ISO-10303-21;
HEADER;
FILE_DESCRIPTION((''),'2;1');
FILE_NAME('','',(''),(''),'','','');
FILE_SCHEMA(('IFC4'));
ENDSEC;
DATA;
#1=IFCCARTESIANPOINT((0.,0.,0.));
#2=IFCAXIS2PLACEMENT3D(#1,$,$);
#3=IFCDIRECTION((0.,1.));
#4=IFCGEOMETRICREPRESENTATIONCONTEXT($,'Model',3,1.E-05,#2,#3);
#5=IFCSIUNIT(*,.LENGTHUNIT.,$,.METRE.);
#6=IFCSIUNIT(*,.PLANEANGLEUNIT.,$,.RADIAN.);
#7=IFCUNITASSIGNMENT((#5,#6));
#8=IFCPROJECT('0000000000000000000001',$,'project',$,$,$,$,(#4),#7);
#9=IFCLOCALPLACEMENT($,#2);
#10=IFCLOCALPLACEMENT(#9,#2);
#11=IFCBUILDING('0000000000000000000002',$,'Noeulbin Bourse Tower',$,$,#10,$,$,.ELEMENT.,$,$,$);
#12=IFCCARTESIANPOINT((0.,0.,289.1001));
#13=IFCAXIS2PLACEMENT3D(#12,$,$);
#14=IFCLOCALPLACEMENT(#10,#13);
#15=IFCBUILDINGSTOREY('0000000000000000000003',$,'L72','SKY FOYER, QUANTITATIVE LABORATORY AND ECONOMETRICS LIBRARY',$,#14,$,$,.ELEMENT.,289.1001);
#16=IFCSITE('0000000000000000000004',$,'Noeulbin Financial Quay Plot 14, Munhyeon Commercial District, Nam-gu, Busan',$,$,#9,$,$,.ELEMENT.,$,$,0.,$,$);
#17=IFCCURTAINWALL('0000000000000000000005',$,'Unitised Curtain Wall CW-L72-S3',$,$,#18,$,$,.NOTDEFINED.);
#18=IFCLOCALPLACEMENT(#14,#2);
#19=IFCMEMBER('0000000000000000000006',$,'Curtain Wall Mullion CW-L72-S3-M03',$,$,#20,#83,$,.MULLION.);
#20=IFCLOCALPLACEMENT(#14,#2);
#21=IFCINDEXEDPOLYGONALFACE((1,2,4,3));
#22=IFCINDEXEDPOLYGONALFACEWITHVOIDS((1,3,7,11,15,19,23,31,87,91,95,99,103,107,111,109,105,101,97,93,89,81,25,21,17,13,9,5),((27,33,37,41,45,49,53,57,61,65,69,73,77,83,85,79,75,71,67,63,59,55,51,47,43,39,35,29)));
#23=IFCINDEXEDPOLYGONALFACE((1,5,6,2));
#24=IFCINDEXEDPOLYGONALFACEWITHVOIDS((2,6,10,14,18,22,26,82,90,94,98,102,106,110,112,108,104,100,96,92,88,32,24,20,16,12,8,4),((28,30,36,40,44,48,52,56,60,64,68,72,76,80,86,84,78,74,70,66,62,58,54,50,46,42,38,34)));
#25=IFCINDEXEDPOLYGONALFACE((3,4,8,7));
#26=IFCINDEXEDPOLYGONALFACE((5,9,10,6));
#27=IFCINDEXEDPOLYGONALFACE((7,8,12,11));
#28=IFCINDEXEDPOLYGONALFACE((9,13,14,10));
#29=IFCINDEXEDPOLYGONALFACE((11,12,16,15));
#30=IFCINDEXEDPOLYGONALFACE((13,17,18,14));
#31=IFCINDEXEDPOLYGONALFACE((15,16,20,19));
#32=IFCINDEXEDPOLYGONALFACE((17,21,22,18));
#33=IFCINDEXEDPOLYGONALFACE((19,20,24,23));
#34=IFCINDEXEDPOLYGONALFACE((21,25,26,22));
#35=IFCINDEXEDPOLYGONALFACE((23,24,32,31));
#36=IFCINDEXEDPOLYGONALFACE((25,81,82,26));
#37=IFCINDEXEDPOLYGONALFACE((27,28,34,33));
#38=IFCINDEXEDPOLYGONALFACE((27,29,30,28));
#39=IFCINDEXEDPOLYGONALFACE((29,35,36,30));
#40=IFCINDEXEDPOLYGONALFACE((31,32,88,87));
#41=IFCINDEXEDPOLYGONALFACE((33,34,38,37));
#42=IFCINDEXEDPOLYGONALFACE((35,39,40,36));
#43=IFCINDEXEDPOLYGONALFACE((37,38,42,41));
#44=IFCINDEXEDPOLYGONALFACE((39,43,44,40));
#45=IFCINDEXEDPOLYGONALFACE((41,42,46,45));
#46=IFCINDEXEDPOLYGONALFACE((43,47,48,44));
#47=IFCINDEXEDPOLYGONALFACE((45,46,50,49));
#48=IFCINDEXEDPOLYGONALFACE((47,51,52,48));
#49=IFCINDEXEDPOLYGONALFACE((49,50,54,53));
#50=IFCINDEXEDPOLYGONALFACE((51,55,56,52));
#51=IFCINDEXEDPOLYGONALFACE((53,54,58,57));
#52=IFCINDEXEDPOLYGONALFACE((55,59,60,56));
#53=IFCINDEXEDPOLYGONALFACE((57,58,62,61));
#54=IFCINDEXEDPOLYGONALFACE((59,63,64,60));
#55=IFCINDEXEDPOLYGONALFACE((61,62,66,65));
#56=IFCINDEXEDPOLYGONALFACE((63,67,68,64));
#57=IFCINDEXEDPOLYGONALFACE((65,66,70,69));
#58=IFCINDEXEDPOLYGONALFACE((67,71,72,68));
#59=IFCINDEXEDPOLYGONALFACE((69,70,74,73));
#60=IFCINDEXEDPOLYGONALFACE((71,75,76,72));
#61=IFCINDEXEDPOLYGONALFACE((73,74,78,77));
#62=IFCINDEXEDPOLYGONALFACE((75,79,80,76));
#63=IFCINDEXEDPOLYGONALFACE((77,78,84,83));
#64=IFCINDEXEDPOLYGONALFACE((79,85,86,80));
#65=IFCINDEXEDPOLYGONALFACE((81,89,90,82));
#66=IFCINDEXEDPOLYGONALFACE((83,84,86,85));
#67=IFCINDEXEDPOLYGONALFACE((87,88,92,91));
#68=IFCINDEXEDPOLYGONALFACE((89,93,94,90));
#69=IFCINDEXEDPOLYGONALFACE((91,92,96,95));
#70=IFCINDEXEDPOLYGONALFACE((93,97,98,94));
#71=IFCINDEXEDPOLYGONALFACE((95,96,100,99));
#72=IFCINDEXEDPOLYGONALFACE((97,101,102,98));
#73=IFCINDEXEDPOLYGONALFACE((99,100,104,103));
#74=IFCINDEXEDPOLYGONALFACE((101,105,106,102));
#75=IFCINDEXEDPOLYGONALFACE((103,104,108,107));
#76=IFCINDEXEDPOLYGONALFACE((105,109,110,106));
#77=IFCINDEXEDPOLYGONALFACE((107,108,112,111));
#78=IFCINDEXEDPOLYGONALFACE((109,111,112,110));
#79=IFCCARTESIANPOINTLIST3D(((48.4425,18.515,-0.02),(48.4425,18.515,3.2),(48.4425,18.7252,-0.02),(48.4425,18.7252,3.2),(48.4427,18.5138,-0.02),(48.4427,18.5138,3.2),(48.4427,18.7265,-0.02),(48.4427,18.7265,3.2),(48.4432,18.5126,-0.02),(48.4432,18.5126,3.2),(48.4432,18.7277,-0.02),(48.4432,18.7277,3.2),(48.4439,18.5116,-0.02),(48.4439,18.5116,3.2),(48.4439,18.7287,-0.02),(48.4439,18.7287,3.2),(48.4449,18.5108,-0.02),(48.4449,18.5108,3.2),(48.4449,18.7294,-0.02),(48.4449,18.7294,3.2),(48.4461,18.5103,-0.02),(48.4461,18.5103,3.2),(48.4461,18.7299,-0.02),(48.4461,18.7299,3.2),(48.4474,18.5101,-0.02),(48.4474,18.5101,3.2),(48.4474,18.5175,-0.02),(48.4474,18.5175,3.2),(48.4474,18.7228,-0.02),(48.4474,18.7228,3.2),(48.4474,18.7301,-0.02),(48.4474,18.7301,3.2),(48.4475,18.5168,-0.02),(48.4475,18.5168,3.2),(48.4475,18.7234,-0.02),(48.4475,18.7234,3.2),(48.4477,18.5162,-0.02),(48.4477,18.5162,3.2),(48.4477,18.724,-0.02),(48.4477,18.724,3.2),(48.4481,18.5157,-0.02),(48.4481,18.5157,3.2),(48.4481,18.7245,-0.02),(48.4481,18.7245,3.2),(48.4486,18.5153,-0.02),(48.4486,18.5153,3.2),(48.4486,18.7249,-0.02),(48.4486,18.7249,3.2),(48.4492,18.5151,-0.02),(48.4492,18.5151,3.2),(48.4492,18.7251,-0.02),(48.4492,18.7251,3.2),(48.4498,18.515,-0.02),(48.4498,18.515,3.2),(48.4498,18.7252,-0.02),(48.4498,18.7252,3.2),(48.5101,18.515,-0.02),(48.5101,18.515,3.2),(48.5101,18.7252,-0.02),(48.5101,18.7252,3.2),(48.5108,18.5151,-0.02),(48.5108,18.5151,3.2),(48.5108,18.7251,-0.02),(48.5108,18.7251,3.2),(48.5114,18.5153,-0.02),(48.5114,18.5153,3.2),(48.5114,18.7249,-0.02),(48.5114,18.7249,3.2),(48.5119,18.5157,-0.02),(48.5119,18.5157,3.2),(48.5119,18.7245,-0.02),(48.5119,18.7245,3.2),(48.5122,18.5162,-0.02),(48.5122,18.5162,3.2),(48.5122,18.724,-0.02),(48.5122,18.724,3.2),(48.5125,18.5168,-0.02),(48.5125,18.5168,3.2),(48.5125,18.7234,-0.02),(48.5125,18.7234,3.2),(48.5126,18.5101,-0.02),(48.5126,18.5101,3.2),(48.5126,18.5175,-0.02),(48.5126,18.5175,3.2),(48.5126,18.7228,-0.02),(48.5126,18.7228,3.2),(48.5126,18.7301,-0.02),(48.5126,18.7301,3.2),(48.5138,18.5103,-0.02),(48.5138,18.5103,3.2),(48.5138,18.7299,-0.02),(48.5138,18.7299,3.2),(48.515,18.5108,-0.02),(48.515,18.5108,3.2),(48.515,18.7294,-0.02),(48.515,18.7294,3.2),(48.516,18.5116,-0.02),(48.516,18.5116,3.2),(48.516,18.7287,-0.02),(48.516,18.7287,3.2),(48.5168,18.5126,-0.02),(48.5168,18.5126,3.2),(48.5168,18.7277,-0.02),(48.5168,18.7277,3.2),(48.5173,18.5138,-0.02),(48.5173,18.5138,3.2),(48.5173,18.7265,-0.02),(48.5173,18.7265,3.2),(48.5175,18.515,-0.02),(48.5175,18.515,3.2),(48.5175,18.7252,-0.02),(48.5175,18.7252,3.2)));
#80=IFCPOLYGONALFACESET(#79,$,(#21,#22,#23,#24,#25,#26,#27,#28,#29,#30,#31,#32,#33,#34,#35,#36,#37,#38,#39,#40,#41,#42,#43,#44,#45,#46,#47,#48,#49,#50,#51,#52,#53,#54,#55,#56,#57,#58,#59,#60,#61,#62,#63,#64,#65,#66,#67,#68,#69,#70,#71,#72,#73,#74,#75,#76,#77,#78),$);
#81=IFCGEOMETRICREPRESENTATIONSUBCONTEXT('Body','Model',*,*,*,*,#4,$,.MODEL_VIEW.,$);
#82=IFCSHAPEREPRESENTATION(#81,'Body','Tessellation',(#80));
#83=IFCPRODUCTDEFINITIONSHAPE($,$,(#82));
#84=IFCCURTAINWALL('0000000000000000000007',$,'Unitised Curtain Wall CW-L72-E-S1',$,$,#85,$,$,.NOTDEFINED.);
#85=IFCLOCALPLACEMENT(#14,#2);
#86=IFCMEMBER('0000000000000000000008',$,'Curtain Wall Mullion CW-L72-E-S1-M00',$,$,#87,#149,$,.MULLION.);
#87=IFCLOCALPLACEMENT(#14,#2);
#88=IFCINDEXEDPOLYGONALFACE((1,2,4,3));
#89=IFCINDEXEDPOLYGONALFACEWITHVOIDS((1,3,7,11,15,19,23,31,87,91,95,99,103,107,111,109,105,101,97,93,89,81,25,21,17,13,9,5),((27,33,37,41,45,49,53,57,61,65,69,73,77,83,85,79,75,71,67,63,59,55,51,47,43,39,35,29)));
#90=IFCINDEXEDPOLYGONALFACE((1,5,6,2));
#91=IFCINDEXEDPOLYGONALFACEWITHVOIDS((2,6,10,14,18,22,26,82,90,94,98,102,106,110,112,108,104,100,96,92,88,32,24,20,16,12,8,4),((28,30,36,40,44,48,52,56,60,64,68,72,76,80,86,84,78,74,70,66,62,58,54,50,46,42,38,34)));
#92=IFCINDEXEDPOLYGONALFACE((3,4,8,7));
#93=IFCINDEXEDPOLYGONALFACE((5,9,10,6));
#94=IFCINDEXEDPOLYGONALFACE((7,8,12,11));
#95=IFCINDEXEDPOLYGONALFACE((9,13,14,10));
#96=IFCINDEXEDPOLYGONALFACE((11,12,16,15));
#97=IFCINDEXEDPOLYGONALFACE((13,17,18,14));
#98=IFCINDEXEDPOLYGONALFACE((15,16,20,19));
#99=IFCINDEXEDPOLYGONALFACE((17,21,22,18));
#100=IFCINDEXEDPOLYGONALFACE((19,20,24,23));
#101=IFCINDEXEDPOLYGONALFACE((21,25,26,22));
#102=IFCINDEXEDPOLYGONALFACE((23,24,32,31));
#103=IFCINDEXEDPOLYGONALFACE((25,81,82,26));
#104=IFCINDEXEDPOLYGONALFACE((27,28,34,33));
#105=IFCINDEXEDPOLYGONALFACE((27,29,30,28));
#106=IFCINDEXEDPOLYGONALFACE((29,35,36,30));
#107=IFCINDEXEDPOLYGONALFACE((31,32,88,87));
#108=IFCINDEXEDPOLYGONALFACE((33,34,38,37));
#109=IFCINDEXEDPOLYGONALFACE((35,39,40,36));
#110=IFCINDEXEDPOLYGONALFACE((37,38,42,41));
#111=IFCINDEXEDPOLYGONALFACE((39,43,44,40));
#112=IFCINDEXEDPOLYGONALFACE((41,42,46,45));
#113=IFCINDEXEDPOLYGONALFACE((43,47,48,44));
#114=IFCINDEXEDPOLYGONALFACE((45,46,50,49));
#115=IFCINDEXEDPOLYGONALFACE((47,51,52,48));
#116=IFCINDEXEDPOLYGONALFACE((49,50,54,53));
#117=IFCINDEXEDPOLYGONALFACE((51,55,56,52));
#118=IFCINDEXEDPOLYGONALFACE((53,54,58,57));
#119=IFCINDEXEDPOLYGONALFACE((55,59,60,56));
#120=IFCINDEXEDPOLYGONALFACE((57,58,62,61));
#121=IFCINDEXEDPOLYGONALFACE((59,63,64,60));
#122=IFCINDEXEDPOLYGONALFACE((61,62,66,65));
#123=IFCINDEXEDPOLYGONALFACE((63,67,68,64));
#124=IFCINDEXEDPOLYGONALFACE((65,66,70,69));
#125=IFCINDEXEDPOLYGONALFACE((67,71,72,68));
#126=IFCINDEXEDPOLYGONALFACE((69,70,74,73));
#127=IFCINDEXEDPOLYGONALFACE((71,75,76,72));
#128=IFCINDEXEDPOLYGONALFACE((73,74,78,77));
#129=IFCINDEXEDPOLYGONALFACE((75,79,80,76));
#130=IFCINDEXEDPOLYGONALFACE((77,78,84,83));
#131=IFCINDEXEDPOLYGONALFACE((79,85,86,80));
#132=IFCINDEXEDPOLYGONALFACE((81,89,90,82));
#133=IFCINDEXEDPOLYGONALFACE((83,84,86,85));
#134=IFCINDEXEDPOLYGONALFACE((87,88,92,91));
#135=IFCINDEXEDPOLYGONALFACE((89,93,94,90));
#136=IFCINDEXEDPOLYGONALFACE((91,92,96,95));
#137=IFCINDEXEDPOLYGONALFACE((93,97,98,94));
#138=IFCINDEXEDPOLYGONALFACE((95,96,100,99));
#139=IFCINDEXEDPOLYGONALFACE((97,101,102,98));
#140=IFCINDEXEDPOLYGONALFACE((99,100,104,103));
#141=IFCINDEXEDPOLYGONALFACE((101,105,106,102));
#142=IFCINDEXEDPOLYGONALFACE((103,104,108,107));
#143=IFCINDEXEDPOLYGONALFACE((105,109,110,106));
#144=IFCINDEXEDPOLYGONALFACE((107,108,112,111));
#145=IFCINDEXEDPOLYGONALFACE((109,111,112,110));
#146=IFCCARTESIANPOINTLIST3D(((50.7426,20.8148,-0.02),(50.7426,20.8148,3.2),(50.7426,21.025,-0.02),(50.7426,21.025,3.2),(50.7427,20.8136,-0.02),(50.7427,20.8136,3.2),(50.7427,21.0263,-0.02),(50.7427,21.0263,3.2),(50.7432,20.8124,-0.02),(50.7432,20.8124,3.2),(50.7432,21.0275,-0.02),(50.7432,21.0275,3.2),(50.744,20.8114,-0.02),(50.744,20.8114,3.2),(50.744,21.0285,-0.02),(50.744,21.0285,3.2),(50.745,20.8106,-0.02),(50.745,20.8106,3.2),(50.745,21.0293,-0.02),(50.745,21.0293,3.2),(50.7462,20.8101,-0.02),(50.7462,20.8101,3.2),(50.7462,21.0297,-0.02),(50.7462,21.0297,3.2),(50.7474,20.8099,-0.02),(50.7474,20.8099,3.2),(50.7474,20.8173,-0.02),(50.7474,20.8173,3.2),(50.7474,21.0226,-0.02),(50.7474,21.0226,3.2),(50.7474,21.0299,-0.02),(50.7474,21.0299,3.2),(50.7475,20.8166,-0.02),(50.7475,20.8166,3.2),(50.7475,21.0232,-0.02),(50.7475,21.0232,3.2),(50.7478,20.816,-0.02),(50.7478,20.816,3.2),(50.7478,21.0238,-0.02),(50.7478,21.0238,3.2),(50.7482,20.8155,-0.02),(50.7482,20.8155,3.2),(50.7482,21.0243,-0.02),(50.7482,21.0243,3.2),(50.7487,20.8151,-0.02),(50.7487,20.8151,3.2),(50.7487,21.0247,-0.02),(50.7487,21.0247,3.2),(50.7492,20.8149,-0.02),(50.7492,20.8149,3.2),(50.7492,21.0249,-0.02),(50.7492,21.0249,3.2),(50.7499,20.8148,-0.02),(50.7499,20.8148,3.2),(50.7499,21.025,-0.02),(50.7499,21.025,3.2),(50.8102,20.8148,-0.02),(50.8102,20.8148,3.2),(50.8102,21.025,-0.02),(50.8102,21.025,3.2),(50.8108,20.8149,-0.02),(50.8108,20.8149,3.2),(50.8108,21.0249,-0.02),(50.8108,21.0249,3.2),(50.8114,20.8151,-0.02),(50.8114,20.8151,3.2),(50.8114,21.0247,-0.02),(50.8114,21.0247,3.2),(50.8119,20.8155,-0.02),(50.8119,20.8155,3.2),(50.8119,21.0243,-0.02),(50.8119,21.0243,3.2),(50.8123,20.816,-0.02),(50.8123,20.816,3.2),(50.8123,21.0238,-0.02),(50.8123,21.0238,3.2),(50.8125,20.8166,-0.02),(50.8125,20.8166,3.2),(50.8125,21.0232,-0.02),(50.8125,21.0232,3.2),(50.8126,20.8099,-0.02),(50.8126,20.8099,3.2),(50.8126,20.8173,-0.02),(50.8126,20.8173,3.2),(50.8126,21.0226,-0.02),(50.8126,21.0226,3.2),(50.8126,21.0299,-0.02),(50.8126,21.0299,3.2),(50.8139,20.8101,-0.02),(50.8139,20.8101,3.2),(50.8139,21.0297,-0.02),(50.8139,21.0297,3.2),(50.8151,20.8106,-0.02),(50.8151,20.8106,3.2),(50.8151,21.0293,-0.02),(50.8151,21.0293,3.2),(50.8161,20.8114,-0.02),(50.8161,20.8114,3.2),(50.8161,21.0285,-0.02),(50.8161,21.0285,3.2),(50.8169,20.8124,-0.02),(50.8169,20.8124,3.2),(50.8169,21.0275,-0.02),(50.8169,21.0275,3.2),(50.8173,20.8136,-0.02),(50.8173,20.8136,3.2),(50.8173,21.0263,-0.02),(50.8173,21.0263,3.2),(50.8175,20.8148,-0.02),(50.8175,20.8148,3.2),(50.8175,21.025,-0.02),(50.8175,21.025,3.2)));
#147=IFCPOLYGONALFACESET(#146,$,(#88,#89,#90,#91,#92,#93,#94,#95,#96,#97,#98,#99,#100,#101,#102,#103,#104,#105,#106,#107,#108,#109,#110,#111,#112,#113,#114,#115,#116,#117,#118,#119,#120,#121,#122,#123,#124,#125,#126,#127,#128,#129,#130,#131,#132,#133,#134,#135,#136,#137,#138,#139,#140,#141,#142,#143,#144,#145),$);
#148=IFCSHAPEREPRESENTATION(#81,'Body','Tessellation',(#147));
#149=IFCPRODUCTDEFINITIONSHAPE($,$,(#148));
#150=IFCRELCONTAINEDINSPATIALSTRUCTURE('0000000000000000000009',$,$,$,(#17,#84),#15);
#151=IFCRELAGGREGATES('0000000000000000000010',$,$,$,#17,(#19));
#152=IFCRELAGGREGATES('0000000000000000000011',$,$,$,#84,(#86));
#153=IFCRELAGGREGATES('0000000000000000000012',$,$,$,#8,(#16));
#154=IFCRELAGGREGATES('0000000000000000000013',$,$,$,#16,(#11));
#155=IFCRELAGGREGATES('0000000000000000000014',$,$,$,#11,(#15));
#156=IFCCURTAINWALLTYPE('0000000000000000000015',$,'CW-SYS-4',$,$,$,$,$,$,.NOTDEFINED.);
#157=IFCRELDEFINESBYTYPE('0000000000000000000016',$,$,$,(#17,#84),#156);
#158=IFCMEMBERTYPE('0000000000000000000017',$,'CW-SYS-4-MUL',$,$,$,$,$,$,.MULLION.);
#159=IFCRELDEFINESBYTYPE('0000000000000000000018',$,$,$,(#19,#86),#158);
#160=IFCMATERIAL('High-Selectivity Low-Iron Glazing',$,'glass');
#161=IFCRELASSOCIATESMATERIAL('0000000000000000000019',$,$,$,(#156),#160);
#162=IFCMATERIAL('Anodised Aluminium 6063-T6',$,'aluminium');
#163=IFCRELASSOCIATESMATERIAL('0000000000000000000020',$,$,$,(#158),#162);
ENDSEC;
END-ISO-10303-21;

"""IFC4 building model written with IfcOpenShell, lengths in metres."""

from ifc_helpers import new_model, si_unit, direction, frame, origin, origin_2d, place, context, subcontext, project, spatial, hollow_rectangle, extrude, material, material_profile, profile_set, type_object, element, aggregate, save


model = new_model("IFC4")

# Units and contexts
model_context = context("Model", 3, precision=1e-05, world=origin(), true_north=direction((0.0, 1.0)))
body_context = subcontext(model_context, "Body", "Model", "MODEL_VIEW")
ifc_project = project(units=[si_unit("LENGTHUNIT", "METRE"), si_unit("PLANEANGLEUNIT", "RADIAN")], contexts=[model_context])

# Site, building, storey
site_placement = place(None, origin())
site = spatial("IfcSite", under=ifc_project, at=site_placement, Name="Noeulbin Financial Quay Plot 14, Munhyeon Commercial District, Nam-gu, Busan", CompositionType="ELEMENT", RefElevation=0.0)
building_placement = place(site_placement, origin())
building = spatial("IfcBuilding", under=site, at=building_placement, Name="Noeulbin Bourse Tower", CompositionType="ELEMENT")
storey_placement = place(building_placement, frame((0.0, 0.0, 289.1001)))
storey = spatial("IfcBuildingStorey", under=building, at=storey_placement, Name="L72", Description="SKY FOYER, QUANTITATIVE LABORATORY AND ECONOMETRICS LIBRARY", CompositionType="ELEMENT", Elevation=289.1001)

# Curtain walls, members
ifc_material_1 = material(Name="High-Selectivity Low-Iron Glazing", Category="glass")
curtain_wall_type = type_object("IfcCurtainWallType", Name="CW-SYS-4", PredefinedType="NOTDEFINED", material=ifc_material_1)
curtain_wall_1_placement = place(storey_placement, origin())
curtain_wall_1 = element("IfcCurtainWall", 1, at=curtain_wall_1_placement, inside=storey, type_object=curtain_wall_type, Name="Unitised Curtain Wall CW-L72-S3", PredefinedType="NOTDEFINED")
ifc_material_2 = material(Name="Anodised Aluminium 6063-T6", Category="aluminium")
ifc_material_profile_1 = material_profile(ifc_material_2, hollow_rectangle(XDim=0.075, YDim=0.22, WallThickness=0.0049, InnerFilletRadius=0.0024, OuterFilletRadius=0.0049, at=origin_2d()), Name="ALU-MULL-75x220x5", Category="LoadBearing")
ifc_profile_set_1 = profile_set([ifc_material_profile_1], Name="Anodised Aluminium 6063-T6")
member_type_1 = type_object("IfcMemberType", Name="CW-SYS-4-MUL", PredefinedType="MULLION", material=ifc_profile_set_1)
member_1_placement = place(storey_placement, frame((48.48, 18.6201, -0.02), z_axis=(0.0, 0.0, 1.0), x_axis=(1.0, 0.0, 0.0)))
member_1 = element("IfcMember", 2, at=member_1_placement, type_object=member_type_1, Name="Curtain Wall Mullion CW-L72-S3-M03", PredefinedType="MULLION", context=body_context, shape_type="SweptSolid", body=[
    extrude(hollow_rectangle(XDim=0.075, YDim=0.22, WallThickness=0.0049, InnerFilletRadius=0.0024, OuterFilletRadius=0.0049, at=origin_2d()), origin(), (0.0, 0.0, 1.0), 3.22),
])
curtain_wall_2_placement = place(storey_placement, origin())
curtain_wall_2 = element("IfcCurtainWall", 3, at=curtain_wall_2_placement, inside=storey, type_object=curtain_wall_type, Name="Unitised Curtain Wall CW-L72-E-S1", PredefinedType="NOTDEFINED")
member_2_placement = place(storey_placement, frame((50.78, 20.9199, -0.02), z_axis=(0.0, 0.0, 1.0), x_axis=(1.0, 0.0, 0.0)))
member_2 = element("IfcMember", 4, at=member_2_placement, type_object=member_type_1, Name="Curtain Wall Mullion CW-L72-E-S1-M00", PredefinedType="MULLION", context=body_context, shape_type="SweptSolid", body=[
    extrude(hollow_rectangle(XDim=0.075, YDim=0.22, WallThickness=0.0049, InnerFilletRadius=0.0024, OuterFilletRadius=0.0049, at=origin_2d()), origin(), (0.0, 0.0, 1.0), 3.22),
])

aggregate(curtain_wall_1, [member_1])
aggregate(curtain_wall_2, [member_2])

save(model, "model.ifc")
